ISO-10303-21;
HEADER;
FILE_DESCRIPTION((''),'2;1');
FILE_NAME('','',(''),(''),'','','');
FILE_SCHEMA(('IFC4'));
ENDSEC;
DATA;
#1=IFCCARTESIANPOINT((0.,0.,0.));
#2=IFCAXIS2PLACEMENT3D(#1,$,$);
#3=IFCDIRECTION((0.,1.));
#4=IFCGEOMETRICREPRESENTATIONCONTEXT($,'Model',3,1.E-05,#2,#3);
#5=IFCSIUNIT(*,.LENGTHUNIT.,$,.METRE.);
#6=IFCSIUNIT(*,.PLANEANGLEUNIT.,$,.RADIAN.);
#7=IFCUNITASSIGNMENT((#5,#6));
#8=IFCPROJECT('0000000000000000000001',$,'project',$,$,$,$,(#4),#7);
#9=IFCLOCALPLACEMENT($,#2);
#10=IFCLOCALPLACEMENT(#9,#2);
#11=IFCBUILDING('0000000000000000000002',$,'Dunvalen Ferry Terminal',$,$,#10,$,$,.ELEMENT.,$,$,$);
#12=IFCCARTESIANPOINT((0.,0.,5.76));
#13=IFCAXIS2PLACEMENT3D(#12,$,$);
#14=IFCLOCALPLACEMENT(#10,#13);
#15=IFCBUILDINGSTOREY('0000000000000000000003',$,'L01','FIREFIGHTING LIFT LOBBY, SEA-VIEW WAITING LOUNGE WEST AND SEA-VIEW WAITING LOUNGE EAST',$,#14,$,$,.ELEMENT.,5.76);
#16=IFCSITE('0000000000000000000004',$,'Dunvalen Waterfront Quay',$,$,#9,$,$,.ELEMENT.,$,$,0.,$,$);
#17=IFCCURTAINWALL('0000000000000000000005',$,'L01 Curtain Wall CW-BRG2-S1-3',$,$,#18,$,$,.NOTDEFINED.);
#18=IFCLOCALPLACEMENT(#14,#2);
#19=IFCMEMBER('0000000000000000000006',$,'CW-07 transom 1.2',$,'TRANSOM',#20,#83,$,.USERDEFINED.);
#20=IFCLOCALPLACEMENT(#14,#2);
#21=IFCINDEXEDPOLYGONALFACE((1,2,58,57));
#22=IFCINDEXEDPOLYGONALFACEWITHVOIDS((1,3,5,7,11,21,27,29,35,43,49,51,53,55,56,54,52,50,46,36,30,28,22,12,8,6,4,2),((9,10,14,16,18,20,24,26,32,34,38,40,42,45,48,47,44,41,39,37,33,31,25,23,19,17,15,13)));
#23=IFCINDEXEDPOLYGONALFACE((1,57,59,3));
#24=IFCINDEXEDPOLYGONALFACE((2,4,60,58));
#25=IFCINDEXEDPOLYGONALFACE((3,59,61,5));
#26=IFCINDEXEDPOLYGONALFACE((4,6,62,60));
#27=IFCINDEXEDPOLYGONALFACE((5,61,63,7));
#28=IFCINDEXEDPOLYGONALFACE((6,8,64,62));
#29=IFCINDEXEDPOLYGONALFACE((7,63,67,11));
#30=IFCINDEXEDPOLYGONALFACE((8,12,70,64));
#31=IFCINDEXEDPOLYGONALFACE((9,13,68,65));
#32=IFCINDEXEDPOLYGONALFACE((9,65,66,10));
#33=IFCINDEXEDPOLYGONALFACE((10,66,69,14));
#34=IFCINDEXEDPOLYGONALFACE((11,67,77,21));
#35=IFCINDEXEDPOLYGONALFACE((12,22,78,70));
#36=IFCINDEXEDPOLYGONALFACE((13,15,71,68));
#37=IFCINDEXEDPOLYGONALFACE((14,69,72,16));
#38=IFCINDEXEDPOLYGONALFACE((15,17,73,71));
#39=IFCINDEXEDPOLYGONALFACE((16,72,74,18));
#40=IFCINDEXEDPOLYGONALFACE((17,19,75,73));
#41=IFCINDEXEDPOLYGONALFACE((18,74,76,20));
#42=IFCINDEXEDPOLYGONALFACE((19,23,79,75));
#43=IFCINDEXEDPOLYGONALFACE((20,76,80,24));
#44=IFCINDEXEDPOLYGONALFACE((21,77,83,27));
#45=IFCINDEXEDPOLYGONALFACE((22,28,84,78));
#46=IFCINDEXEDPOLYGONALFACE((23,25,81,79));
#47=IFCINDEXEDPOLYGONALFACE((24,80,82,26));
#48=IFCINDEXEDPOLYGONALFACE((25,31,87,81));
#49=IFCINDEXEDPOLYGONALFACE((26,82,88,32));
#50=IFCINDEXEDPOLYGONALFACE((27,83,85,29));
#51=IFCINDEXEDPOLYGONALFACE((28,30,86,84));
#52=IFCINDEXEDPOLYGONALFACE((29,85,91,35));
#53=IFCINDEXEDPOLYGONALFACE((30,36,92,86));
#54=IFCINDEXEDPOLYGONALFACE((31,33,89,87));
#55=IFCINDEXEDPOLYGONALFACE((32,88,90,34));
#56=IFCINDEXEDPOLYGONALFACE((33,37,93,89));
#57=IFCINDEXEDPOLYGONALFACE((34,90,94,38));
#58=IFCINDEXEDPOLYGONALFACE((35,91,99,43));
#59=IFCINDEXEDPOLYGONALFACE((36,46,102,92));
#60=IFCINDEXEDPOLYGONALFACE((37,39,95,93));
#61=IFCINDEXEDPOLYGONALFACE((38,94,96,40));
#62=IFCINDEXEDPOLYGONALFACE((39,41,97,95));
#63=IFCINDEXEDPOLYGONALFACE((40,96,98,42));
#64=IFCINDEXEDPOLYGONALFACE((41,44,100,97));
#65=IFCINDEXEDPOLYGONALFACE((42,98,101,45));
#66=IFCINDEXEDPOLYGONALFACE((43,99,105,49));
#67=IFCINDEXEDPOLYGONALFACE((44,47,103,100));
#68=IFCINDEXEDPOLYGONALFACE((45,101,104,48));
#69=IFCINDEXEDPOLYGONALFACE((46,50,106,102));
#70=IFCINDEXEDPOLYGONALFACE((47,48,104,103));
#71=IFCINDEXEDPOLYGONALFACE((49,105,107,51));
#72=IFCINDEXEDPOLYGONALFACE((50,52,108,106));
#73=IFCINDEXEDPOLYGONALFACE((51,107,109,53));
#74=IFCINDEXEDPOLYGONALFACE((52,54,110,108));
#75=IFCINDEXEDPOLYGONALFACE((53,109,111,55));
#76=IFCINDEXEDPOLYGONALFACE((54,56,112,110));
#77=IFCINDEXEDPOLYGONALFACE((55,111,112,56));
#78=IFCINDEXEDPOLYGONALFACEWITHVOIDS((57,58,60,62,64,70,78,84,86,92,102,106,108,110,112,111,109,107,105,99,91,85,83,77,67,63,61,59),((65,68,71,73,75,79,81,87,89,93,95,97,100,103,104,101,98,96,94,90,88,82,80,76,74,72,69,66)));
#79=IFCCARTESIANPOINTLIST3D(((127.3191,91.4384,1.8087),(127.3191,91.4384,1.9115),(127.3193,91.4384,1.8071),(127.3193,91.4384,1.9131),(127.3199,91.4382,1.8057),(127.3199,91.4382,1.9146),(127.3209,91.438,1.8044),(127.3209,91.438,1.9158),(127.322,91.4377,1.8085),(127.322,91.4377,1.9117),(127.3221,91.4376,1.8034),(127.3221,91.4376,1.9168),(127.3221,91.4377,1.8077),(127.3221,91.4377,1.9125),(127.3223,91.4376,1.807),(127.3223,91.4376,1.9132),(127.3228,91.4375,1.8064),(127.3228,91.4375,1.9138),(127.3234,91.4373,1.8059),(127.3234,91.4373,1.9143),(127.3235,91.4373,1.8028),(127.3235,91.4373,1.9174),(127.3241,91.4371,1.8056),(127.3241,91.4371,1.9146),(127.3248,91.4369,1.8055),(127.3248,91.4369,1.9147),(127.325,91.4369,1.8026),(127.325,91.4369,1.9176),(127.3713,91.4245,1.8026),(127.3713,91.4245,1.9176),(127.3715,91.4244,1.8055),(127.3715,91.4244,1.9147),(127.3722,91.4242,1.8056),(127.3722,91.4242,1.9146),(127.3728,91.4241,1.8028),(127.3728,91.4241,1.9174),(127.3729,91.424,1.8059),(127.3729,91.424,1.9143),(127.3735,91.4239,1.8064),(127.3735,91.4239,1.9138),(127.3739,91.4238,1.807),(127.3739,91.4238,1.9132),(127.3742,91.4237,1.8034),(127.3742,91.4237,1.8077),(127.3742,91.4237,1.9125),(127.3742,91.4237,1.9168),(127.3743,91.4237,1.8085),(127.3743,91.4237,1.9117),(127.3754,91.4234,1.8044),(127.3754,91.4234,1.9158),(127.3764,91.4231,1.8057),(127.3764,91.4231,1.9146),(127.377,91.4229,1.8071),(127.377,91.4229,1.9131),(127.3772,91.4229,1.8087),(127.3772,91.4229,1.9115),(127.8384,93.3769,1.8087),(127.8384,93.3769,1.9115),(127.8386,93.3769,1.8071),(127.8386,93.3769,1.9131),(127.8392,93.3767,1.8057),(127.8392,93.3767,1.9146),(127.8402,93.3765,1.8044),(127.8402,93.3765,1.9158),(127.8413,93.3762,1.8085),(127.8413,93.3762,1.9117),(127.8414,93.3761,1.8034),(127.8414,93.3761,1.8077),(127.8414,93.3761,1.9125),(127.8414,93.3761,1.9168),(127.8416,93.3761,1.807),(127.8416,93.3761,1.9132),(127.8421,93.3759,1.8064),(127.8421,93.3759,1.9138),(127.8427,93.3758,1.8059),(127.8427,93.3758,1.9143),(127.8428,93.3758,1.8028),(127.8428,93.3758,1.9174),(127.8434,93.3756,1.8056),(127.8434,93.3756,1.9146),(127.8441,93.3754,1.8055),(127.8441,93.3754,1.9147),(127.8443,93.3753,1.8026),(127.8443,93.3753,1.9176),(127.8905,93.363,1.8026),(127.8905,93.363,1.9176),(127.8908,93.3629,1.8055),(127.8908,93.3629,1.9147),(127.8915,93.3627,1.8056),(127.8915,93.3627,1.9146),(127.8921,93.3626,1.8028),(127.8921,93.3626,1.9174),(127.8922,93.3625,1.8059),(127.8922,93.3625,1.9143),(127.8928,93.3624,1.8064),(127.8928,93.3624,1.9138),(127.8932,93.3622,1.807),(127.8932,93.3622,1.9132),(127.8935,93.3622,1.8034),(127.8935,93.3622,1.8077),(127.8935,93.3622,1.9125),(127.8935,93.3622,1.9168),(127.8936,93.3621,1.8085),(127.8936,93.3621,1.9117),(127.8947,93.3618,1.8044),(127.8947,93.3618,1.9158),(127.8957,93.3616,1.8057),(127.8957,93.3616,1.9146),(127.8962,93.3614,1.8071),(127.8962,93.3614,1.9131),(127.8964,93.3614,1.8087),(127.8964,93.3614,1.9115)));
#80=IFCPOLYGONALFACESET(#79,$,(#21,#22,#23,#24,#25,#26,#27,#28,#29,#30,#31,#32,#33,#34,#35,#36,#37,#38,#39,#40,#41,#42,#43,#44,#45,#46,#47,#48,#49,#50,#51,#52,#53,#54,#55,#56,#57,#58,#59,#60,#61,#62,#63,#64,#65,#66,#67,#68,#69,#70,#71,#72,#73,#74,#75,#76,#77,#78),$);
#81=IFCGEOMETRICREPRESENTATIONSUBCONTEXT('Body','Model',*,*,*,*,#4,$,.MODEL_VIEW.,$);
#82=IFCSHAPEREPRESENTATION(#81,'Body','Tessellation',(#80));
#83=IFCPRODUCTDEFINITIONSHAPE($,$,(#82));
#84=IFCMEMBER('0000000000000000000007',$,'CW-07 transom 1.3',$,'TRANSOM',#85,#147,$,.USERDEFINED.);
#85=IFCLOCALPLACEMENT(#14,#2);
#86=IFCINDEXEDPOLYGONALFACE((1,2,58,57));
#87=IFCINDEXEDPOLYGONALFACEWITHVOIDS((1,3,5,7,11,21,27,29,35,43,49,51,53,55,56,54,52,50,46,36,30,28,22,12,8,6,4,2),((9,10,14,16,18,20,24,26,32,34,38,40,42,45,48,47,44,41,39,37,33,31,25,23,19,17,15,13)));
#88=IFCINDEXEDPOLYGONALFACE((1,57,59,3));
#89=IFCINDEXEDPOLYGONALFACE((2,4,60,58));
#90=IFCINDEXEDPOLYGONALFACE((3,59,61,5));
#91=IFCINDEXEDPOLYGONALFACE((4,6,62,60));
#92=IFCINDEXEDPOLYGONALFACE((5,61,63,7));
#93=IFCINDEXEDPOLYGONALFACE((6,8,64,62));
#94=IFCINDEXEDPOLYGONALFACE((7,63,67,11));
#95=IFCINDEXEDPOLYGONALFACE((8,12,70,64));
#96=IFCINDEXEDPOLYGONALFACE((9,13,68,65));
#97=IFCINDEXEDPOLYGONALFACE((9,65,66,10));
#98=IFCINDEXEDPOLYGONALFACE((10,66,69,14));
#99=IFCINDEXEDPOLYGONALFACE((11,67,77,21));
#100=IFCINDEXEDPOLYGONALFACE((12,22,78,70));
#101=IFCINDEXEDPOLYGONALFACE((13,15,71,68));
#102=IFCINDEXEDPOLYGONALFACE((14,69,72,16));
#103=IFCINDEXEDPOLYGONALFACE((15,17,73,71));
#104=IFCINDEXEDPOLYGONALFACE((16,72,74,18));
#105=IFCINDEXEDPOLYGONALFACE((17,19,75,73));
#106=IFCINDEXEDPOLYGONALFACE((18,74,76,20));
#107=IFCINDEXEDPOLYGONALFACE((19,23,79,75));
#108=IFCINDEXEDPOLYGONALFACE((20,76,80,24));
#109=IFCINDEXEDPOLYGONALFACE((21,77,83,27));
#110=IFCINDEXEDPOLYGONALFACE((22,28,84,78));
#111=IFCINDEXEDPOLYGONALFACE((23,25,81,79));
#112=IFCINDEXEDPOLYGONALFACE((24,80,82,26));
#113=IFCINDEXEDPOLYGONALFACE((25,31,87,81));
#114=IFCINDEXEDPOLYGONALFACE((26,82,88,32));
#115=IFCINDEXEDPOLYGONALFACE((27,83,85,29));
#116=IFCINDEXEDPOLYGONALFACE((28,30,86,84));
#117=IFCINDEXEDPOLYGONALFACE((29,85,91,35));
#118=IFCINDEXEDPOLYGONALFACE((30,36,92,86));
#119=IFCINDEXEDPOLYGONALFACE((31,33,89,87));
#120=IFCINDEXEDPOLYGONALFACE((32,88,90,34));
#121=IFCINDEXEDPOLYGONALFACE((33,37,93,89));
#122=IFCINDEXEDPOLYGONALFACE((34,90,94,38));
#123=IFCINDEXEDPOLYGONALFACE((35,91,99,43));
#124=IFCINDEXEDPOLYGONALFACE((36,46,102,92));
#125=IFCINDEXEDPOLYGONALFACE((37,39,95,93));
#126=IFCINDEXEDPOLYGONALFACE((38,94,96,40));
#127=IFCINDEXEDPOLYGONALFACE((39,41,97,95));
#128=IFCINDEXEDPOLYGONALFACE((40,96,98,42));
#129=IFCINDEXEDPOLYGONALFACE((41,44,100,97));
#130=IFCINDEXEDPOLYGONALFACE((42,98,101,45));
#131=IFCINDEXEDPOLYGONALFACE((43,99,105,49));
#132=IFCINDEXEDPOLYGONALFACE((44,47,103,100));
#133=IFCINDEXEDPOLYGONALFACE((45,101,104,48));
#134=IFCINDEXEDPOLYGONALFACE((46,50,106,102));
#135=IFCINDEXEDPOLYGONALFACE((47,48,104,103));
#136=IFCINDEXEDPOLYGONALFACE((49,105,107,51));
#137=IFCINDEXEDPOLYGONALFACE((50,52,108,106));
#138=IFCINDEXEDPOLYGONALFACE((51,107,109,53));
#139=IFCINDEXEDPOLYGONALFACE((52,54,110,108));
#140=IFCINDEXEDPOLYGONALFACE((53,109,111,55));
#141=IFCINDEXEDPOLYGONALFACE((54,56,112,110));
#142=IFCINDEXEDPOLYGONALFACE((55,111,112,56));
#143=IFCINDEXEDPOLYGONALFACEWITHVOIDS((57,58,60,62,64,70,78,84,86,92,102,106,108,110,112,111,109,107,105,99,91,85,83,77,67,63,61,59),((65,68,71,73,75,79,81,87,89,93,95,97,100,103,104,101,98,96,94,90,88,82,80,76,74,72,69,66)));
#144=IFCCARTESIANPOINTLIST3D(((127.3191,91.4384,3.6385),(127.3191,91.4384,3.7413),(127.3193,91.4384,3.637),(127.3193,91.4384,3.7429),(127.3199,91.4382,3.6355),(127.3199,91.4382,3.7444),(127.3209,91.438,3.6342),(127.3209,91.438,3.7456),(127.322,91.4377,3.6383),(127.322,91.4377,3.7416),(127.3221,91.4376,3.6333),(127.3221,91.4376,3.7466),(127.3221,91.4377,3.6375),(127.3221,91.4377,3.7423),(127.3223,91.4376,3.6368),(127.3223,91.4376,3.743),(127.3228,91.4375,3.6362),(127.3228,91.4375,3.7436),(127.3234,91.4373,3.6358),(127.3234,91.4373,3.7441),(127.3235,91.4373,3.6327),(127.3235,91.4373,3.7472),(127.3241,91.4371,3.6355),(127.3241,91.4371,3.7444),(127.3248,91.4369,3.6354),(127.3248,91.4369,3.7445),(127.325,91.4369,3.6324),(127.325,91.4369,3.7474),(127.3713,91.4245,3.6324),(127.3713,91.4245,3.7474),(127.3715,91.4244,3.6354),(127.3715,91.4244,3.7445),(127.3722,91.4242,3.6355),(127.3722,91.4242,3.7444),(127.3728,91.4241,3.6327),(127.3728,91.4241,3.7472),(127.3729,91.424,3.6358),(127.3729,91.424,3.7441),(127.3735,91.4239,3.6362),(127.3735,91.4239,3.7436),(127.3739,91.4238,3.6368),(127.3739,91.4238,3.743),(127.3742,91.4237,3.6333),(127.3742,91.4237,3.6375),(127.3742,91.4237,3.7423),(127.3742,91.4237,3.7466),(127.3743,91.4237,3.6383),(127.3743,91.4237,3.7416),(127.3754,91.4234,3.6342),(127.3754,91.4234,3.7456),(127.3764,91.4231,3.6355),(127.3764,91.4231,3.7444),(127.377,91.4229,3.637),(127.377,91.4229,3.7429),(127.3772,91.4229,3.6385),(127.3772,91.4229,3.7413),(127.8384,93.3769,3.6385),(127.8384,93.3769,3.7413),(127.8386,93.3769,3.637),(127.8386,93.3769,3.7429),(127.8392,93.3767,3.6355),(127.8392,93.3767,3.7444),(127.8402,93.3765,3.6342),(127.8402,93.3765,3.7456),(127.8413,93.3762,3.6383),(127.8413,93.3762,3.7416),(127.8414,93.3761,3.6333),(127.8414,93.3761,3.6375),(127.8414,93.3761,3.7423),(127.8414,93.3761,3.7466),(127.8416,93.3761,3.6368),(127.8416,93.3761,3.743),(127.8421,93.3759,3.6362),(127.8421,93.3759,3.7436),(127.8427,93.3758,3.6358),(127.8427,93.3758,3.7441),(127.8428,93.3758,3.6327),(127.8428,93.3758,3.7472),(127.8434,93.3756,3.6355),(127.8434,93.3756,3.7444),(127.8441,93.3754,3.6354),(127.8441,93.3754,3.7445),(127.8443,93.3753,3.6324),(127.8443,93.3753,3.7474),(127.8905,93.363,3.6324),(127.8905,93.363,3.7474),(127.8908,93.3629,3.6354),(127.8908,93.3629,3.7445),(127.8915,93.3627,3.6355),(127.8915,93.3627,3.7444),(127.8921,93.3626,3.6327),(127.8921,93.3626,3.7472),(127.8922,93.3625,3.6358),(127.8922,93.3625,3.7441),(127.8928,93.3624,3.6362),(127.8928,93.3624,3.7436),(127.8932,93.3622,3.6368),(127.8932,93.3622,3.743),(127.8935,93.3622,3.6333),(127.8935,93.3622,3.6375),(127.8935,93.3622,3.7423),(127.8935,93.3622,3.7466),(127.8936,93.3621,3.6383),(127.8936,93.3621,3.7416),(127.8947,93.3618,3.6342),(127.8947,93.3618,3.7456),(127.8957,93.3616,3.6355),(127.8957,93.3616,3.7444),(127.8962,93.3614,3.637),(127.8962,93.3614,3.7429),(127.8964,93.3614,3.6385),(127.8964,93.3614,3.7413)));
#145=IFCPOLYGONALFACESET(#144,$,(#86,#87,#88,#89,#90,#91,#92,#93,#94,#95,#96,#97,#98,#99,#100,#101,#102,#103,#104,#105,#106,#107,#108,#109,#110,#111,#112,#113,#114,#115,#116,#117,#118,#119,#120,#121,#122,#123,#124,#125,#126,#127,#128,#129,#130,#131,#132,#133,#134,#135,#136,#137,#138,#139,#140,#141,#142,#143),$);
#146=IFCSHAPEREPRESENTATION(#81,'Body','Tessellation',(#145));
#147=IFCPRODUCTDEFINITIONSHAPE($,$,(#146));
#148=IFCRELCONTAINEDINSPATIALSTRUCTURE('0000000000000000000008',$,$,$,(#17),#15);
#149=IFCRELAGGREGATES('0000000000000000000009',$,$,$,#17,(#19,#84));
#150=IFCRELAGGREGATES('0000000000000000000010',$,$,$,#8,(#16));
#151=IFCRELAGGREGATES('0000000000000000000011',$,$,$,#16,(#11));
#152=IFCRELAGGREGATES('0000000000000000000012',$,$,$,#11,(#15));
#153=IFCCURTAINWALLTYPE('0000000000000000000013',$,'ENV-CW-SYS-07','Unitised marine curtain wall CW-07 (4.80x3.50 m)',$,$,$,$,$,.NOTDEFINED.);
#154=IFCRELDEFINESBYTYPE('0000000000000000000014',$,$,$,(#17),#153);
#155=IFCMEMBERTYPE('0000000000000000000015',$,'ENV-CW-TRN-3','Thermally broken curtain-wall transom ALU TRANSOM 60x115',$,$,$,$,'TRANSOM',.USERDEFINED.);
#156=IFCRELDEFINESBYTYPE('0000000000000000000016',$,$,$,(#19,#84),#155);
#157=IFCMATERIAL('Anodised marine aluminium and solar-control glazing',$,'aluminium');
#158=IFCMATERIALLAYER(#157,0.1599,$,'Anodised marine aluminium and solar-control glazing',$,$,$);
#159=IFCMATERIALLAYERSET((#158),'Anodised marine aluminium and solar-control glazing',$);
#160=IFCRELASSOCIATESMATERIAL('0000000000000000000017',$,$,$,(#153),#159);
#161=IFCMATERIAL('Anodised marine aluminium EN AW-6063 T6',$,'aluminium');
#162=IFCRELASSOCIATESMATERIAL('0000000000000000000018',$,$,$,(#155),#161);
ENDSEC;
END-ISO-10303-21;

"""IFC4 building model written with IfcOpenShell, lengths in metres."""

from ifc_helpers import new_model, si_unit, direction, frame, origin, origin_2d, place, context, subcontext, project, spatial, hollow_rectangle, extrude, material, layer, layer_set, material_profile, profile_set, type_object, element, aggregate, save


model = new_model("IFC4")

# Units and contexts
model_context = context("Model", 3, precision=1e-05, world=origin(), true_north=direction((0.0, 1.0)))
body_context = subcontext(model_context, "Body", "Model", "MODEL_VIEW")
ifc_project = project(units=[si_unit("LENGTHUNIT", "METRE"), si_unit("PLANEANGLEUNIT", "RADIAN")], contexts=[model_context])

# Site, building, storey
site_placement = place(None, origin())
site = spatial("IfcSite", under=ifc_project, at=site_placement, Name="Dunvalen Waterfront Quay", CompositionType="ELEMENT", RefElevation=0.0)
building_placement = place(site_placement, origin())
building = spatial("IfcBuilding", under=site, at=building_placement, Name="Dunvalen Ferry Terminal", CompositionType="ELEMENT")
storey_placement = place(building_placement, frame((0.0, 0.0, 5.76)))
storey = spatial("IfcBuildingStorey", under=building, at=storey_placement, Name="L01", Description="FIREFIGHTING LIFT LOBBY, SEA-VIEW WAITING LOUNGE WEST AND SEA-VIEW WAITING LOUNGE EAST", CompositionType="ELEMENT", Elevation=5.76)

# Curtain wall
ifc_material_1 = material(Name="Anodised marine aluminium and solar-control glazing", Category="aluminium")
ifc_layer_1 = layer(ifc_material_1, 0.1599, Name="Anodised marine aluminium and solar-control glazing")
ifc_layer_set_1 = layer_set([ifc_layer_1], Name="Anodised marine aluminium and solar-control glazing")
curtain_wall_type = type_object("IfcCurtainWallType", Name="ENV-CW-SYS-07", Description="Unitised marine curtain wall CW-07 (4.80x3.50 m)", PredefinedType="NOTDEFINED", material=ifc_layer_set_1)
curtain_wall_1_placement = place(storey_placement, origin())
curtain_wall_1 = element("IfcCurtainWall", 1, at=curtain_wall_1_placement, inside=storey, type_object=curtain_wall_type, Name="L01 Curtain Wall CW-BRG2-S1-3", PredefinedType="NOTDEFINED")
ifc_material_2 = material(Name="Anodised marine aluminium EN AW-6063 T6", Category="aluminium")

# Members
ifc_material_profile_1 = material_profile(ifc_material_2, hollow_rectangle(XDim=0.0601, YDim=0.115, WallThickness=0.0029, InnerFilletRadius=0.0029, OuterFilletRadius=0.0061, at=origin_2d()), Name="Anodised marine aluminium EN AW-6063 T6")
ifc_profile_set_1 = profile_set([ifc_material_profile_1], Name="Anodised marine aluminium EN AW-6063 T6")
member_type_1 = type_object("IfcMemberType", Name="ENV-CW-TRN-3", Description="Thermally broken curtain-wall transom ALU TRANSOM 60x115", ElementType="TRANSOM", PredefinedType="USERDEFINED", material=ifc_profile_set_1)
member_1_placement = place(storey_placement, frame((127.3481, 91.4307, 1.8601), z_axis=(0.25876, 0.965942, 0.0), x_axis=(-0.965942, 0.25876, 0.0)))
member_1 = element("IfcMember", 2, at=member_1_placement, type_object=member_type_1, Name="CW-07 transom 1.2", ObjectType="TRANSOM", PredefinedType="USERDEFINED", context=body_context, shape_type="SweptSolid", body=[
    extrude(hollow_rectangle(XDim=0.0601, YDim=0.115, WallThickness=0.0029, InnerFilletRadius=0.0029, OuterFilletRadius=0.0061, at=origin_2d()), origin(), (0.0, 0.0, 1.0), 2.0068),
])
member_2_placement = place(storey_placement, frame((127.3481, 91.4307, 3.6899), z_axis=(0.25876, 0.965942, 0.0), x_axis=(-0.965942, 0.25876, 0.0)))
member_2 = element("IfcMember", 3, at=member_2_placement, type_object=member_type_1, Name="CW-07 transom 1.3", ObjectType="TRANSOM", PredefinedType="USERDEFINED", context=body_context, shape_type="SweptSolid", body=[
    extrude(hollow_rectangle(XDim=0.0601, YDim=0.115, WallThickness=0.0029, InnerFilletRadius=0.0029, OuterFilletRadius=0.0061, at=origin_2d()), origin(), (0.0, 0.0, 1.0), 2.0068),
])

aggregate(curtain_wall_1, [member_1, member_2])

save(model, "model.ifc")
